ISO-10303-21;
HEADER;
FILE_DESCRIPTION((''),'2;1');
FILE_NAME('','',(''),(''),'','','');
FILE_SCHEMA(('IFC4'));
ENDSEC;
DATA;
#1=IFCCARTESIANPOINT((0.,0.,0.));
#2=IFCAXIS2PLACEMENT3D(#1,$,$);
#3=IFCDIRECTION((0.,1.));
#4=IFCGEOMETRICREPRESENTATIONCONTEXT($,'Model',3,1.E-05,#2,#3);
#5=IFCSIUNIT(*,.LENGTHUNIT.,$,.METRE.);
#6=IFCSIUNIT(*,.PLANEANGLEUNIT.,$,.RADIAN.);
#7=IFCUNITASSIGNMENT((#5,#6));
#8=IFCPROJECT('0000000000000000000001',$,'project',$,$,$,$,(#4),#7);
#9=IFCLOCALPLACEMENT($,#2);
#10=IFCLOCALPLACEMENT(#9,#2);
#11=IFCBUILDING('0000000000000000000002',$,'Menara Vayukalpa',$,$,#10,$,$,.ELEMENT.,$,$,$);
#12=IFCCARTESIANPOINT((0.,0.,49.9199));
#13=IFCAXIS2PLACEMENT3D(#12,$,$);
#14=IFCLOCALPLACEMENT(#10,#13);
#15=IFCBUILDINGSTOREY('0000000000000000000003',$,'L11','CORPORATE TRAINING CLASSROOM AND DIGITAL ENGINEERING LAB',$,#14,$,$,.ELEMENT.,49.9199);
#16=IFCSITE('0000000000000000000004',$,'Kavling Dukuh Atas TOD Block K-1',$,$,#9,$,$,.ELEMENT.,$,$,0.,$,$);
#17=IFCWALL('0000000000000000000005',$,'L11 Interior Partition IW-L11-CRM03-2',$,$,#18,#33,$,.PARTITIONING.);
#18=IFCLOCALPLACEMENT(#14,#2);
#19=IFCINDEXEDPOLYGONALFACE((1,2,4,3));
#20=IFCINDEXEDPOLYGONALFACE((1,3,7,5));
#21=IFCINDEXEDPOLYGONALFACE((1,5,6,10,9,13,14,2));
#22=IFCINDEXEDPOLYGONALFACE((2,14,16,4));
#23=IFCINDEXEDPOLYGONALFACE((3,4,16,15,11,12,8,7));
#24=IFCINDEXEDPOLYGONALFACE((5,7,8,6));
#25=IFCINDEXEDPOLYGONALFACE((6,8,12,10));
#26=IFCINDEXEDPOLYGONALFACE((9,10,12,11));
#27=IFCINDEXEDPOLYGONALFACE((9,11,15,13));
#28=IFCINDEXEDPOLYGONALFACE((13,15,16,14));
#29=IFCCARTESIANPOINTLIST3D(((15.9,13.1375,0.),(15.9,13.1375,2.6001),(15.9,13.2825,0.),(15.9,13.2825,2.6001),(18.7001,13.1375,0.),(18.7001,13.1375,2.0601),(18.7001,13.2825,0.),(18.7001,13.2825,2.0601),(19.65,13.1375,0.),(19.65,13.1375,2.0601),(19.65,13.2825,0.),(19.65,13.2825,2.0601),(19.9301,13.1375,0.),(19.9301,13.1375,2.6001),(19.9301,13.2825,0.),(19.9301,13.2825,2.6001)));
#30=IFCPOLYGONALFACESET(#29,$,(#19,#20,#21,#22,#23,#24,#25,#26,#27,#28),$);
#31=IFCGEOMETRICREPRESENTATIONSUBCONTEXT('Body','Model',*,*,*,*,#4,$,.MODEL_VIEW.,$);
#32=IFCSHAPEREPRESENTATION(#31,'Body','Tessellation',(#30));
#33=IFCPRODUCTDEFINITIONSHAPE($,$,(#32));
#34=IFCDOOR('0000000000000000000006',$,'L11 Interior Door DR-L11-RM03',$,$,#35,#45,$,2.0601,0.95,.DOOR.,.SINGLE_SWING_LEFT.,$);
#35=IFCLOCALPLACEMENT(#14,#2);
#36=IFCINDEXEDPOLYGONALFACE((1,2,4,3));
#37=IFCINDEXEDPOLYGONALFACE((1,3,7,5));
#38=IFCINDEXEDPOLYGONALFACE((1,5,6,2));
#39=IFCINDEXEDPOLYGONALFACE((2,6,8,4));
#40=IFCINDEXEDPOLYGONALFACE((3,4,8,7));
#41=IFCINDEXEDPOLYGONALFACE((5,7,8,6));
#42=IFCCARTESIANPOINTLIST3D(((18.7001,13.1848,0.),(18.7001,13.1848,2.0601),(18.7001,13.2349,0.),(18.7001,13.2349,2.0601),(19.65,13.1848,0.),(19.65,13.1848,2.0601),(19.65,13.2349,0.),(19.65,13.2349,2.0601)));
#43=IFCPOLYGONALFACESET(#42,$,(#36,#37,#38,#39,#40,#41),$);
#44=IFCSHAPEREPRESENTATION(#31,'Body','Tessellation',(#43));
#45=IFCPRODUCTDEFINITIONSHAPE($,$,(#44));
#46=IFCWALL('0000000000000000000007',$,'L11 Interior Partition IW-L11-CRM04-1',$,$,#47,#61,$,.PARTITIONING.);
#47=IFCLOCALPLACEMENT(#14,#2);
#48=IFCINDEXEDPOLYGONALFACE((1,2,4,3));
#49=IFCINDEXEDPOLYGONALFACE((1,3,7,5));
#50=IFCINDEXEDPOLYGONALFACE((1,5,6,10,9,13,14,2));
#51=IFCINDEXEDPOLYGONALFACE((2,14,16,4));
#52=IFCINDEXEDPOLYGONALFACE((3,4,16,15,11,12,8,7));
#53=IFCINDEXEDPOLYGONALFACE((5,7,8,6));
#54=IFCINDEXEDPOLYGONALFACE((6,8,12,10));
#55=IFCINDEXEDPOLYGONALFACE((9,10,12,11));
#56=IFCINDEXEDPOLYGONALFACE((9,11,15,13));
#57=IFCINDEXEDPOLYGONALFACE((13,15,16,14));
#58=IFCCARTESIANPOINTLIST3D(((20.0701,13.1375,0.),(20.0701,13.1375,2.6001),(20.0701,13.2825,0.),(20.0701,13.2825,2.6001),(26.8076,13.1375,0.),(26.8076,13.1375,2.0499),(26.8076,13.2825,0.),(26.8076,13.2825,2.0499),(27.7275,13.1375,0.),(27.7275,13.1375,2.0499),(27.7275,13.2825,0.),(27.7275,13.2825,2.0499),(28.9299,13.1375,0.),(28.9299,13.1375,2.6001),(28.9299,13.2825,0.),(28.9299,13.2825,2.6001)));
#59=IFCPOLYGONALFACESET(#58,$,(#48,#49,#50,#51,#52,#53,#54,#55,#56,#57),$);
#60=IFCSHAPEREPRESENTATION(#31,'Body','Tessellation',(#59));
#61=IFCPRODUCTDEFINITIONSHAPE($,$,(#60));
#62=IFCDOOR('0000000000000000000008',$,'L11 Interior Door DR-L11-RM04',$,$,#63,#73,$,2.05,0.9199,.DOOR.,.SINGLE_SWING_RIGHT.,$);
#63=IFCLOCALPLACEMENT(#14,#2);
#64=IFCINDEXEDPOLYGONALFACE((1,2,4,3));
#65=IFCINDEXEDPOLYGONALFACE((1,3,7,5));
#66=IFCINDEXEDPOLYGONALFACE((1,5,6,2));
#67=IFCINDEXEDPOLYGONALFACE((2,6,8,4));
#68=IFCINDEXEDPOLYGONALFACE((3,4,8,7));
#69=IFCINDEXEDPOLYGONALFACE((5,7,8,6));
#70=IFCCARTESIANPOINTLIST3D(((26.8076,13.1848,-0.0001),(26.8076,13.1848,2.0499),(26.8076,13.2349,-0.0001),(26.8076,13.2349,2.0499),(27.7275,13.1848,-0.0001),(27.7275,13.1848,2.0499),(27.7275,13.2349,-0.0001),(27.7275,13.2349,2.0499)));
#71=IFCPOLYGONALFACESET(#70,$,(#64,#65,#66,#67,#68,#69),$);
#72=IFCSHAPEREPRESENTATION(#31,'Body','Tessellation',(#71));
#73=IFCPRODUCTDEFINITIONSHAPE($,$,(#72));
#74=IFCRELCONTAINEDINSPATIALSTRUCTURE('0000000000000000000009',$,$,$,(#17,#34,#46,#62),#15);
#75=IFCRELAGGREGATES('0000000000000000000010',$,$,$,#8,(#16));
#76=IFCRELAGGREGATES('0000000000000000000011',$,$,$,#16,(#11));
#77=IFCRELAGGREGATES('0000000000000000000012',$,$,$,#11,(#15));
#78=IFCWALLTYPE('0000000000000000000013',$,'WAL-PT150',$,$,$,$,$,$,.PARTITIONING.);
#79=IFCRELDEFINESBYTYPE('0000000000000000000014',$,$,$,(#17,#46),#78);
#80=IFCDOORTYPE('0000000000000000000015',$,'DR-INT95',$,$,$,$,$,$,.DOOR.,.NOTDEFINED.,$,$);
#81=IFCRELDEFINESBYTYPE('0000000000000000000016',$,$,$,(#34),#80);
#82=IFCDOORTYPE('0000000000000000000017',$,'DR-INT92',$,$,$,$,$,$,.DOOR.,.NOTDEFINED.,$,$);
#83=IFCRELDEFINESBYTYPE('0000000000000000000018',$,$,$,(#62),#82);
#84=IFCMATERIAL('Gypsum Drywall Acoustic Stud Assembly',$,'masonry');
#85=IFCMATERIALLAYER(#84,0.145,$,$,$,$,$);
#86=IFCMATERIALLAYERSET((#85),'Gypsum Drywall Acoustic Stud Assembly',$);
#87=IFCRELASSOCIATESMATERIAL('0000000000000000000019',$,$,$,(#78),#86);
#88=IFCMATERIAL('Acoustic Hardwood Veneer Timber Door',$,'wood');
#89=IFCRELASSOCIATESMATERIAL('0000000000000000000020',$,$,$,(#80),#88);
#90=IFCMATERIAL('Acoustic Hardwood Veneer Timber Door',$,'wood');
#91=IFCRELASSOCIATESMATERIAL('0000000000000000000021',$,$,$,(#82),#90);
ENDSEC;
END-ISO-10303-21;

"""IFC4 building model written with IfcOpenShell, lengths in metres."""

from ifc_helpers import new_model, si_unit, direction, frame, frame_2d, origin, place, context, subcontext, project, spatial, rectangle, extrude, material, layer, layer_set, type_object, element, fill, save


model = new_model("IFC4")

# Units and contexts
model_context = context("Model", 3, precision=1e-05, world=origin(), true_north=direction((0.0, 1.0)))
body_context = subcontext(model_context, "Body", "Model", "MODEL_VIEW")
ifc_project = project(units=[si_unit("LENGTHUNIT", "METRE"), si_unit("PLANEANGLEUNIT", "RADIAN")], contexts=[model_context])

# Site, building, storey
site_placement = place(None, origin())
site = spatial("IfcSite", under=ifc_project, at=site_placement, Name="Kavling Dukuh Atas TOD Block K-1", CompositionType="ELEMENT", RefElevation=0.0)
building_placement = place(site_placement, origin())
building = spatial("IfcBuilding", under=site, at=building_placement, Name="Menara Vayukalpa", CompositionType="ELEMENT")
storey_placement = place(building_placement, frame((0.0, 0.0, 49.9199)))
storey = spatial("IfcBuildingStorey", under=building, at=storey_placement, Name="L11", Description="CORPORATE TRAINING CLASSROOM AND DIGITAL ENGINEERING LAB", CompositionType="ELEMENT", Elevation=49.9199)

# Shared definitions
ifc_material_1 = material(Name="Gypsum Drywall Acoustic Stud Assembly", Category="masonry")
ifc_layer_1 = layer(ifc_material_1, 0.145)
ifc_layer_set_1 = layer_set([ifc_layer_1], Name="Gypsum Drywall Acoustic Stud Assembly")
wall_type_1 = type_object("IfcWallType", Name="WAL-PT150", PredefinedType="PARTITIONING", material=ifc_layer_set_1)
ifc_material_2 = material(Name="Acoustic Hardwood Veneer Timber Door", Category="wood")
door_type_1 = type_object("IfcDoorType", Name="DR-INT95", OperationType="NOTDEFINED", PredefinedType="DOOR", material=ifc_material_2)

# Walls, openings, doors
wall_1_placement = place(storey_placement, frame((15.8999, 13.21, 0.0), z_axis=(0.0, 0.0, 1.0), x_axis=(1.0, 0.0, 0.0)))
wall_1 = element("IfcWall", 1, at=wall_1_placement, inside=storey, type_object=wall_type_1, Name="L11 Interior Partition IW-L11-CRM03-2", PredefinedType="PARTITIONING", context=body_context, shape_type="SweptSolid", body=[
    extrude(rectangle(XDim=4.03, YDim=0.145, at=frame_2d((2.0151, 0.0))), origin(), (0.0, 0.0, 1.0), 2.6001),
])
opening_1_placement = place(wall_1_placement, frame((2.8, 0.0, 0.0)))
opening_1 = element("IfcOpeningElement", 2, at=opening_1_placement, cuts=wall_1, PredefinedType="OPENING", context=body_context, shape_type="SweptSolid", body=[
    extrude(rectangle(XDim=0.95, YDim=2.0601, at=frame_2d((0.4751, 1.03))), frame((0.0, 0.0825, 0.0), z_axis=(0.0, -1.0, 0.0), x_axis=(1.0, 0.0, 0.0)), (0.0, 0.0, 1.0), 0.165),
])
door_1_placement = place(opening_1_placement, origin())
door_1 = element("IfcDoor", 3, at=door_1_placement, inside=storey, type_object=door_type_1, Name="L11 Interior Door DR-L11-RM03", OperationType="SINGLE_SWING_LEFT", OverallHeight=2.0601, OverallWidth=0.95, PredefinedType="DOOR", context=body_context, shape_type="SweptSolid", body=[
    extrude(rectangle(XDim=0.95, YDim=2.0601, at=frame_2d((0.4751, 1.03))), frame((0.0, 0.0249, 0.0), z_axis=(0.0, -1.0, 0.0), x_axis=(1.0, 0.0, 0.0)), (0.0, 0.0, 1.0), 0.05),
])
fill(opening_1, door_1)
wall_2_placement = place(storey_placement, frame((20.0701, 13.21, 0.0), z_axis=(0.0, 0.0, 1.0), x_axis=(1.0, 0.0, 0.0)))
wall_2 = element("IfcWall", 4, at=wall_2_placement, inside=storey, type_object=wall_type_1, Name="L11 Interior Partition IW-L11-CRM04-1", PredefinedType="PARTITIONING", context=body_context, shape_type="SweptSolid", body=[
    extrude(rectangle(XDim=8.8599, YDim=0.145, at=frame_2d((4.4299, 0.0))), origin(), (0.0, 0.0, 1.0), 2.6001),
])
opening_2_placement = place(wall_2_placement, frame((6.7375, 0.0, 0.0)))
opening_2 = element("IfcOpeningElement", 5, at=opening_2_placement, cuts=wall_2, PredefinedType="OPENING", context=body_context, shape_type="SweptSolid", body=[
    extrude(rectangle(XDim=0.9199, YDim=2.05, at=frame_2d((0.46, 1.0249))), frame((0.0, 0.0825, 0.0), z_axis=(0.0, -1.0, 0.0), x_axis=(1.0, 0.0, 0.0)), (0.0, 0.0, 1.0), 0.165),
])
ifc_material_3 = material(Name="Acoustic Hardwood Veneer Timber Door", Category="wood")
door_type_2 = type_object("IfcDoorType", Name="DR-INT92", OperationType="NOTDEFINED", PredefinedType="DOOR", material=ifc_material_3)
door_2_placement = place(opening_2_placement, origin())
door_2 = element("IfcDoor", 6, at=door_2_placement, inside=storey, type_object=door_type_2, Name="L11 Interior Door DR-L11-RM04", OperationType="SINGLE_SWING_RIGHT", OverallHeight=2.05, OverallWidth=0.9199, PredefinedType="DOOR", context=body_context, shape_type="SweptSolid", body=[
    extrude(rectangle(XDim=0.9199, YDim=2.05, at=frame_2d((0.46, 1.0249))), frame((0.0, 0.0249, 0.0), z_axis=(0.0, -1.0, 0.0), x_axis=(1.0, 0.0, 0.0)), (0.0, 0.0, 1.0), 0.05),
])
fill(opening_2, door_2)

save(model, "model.ifc")
